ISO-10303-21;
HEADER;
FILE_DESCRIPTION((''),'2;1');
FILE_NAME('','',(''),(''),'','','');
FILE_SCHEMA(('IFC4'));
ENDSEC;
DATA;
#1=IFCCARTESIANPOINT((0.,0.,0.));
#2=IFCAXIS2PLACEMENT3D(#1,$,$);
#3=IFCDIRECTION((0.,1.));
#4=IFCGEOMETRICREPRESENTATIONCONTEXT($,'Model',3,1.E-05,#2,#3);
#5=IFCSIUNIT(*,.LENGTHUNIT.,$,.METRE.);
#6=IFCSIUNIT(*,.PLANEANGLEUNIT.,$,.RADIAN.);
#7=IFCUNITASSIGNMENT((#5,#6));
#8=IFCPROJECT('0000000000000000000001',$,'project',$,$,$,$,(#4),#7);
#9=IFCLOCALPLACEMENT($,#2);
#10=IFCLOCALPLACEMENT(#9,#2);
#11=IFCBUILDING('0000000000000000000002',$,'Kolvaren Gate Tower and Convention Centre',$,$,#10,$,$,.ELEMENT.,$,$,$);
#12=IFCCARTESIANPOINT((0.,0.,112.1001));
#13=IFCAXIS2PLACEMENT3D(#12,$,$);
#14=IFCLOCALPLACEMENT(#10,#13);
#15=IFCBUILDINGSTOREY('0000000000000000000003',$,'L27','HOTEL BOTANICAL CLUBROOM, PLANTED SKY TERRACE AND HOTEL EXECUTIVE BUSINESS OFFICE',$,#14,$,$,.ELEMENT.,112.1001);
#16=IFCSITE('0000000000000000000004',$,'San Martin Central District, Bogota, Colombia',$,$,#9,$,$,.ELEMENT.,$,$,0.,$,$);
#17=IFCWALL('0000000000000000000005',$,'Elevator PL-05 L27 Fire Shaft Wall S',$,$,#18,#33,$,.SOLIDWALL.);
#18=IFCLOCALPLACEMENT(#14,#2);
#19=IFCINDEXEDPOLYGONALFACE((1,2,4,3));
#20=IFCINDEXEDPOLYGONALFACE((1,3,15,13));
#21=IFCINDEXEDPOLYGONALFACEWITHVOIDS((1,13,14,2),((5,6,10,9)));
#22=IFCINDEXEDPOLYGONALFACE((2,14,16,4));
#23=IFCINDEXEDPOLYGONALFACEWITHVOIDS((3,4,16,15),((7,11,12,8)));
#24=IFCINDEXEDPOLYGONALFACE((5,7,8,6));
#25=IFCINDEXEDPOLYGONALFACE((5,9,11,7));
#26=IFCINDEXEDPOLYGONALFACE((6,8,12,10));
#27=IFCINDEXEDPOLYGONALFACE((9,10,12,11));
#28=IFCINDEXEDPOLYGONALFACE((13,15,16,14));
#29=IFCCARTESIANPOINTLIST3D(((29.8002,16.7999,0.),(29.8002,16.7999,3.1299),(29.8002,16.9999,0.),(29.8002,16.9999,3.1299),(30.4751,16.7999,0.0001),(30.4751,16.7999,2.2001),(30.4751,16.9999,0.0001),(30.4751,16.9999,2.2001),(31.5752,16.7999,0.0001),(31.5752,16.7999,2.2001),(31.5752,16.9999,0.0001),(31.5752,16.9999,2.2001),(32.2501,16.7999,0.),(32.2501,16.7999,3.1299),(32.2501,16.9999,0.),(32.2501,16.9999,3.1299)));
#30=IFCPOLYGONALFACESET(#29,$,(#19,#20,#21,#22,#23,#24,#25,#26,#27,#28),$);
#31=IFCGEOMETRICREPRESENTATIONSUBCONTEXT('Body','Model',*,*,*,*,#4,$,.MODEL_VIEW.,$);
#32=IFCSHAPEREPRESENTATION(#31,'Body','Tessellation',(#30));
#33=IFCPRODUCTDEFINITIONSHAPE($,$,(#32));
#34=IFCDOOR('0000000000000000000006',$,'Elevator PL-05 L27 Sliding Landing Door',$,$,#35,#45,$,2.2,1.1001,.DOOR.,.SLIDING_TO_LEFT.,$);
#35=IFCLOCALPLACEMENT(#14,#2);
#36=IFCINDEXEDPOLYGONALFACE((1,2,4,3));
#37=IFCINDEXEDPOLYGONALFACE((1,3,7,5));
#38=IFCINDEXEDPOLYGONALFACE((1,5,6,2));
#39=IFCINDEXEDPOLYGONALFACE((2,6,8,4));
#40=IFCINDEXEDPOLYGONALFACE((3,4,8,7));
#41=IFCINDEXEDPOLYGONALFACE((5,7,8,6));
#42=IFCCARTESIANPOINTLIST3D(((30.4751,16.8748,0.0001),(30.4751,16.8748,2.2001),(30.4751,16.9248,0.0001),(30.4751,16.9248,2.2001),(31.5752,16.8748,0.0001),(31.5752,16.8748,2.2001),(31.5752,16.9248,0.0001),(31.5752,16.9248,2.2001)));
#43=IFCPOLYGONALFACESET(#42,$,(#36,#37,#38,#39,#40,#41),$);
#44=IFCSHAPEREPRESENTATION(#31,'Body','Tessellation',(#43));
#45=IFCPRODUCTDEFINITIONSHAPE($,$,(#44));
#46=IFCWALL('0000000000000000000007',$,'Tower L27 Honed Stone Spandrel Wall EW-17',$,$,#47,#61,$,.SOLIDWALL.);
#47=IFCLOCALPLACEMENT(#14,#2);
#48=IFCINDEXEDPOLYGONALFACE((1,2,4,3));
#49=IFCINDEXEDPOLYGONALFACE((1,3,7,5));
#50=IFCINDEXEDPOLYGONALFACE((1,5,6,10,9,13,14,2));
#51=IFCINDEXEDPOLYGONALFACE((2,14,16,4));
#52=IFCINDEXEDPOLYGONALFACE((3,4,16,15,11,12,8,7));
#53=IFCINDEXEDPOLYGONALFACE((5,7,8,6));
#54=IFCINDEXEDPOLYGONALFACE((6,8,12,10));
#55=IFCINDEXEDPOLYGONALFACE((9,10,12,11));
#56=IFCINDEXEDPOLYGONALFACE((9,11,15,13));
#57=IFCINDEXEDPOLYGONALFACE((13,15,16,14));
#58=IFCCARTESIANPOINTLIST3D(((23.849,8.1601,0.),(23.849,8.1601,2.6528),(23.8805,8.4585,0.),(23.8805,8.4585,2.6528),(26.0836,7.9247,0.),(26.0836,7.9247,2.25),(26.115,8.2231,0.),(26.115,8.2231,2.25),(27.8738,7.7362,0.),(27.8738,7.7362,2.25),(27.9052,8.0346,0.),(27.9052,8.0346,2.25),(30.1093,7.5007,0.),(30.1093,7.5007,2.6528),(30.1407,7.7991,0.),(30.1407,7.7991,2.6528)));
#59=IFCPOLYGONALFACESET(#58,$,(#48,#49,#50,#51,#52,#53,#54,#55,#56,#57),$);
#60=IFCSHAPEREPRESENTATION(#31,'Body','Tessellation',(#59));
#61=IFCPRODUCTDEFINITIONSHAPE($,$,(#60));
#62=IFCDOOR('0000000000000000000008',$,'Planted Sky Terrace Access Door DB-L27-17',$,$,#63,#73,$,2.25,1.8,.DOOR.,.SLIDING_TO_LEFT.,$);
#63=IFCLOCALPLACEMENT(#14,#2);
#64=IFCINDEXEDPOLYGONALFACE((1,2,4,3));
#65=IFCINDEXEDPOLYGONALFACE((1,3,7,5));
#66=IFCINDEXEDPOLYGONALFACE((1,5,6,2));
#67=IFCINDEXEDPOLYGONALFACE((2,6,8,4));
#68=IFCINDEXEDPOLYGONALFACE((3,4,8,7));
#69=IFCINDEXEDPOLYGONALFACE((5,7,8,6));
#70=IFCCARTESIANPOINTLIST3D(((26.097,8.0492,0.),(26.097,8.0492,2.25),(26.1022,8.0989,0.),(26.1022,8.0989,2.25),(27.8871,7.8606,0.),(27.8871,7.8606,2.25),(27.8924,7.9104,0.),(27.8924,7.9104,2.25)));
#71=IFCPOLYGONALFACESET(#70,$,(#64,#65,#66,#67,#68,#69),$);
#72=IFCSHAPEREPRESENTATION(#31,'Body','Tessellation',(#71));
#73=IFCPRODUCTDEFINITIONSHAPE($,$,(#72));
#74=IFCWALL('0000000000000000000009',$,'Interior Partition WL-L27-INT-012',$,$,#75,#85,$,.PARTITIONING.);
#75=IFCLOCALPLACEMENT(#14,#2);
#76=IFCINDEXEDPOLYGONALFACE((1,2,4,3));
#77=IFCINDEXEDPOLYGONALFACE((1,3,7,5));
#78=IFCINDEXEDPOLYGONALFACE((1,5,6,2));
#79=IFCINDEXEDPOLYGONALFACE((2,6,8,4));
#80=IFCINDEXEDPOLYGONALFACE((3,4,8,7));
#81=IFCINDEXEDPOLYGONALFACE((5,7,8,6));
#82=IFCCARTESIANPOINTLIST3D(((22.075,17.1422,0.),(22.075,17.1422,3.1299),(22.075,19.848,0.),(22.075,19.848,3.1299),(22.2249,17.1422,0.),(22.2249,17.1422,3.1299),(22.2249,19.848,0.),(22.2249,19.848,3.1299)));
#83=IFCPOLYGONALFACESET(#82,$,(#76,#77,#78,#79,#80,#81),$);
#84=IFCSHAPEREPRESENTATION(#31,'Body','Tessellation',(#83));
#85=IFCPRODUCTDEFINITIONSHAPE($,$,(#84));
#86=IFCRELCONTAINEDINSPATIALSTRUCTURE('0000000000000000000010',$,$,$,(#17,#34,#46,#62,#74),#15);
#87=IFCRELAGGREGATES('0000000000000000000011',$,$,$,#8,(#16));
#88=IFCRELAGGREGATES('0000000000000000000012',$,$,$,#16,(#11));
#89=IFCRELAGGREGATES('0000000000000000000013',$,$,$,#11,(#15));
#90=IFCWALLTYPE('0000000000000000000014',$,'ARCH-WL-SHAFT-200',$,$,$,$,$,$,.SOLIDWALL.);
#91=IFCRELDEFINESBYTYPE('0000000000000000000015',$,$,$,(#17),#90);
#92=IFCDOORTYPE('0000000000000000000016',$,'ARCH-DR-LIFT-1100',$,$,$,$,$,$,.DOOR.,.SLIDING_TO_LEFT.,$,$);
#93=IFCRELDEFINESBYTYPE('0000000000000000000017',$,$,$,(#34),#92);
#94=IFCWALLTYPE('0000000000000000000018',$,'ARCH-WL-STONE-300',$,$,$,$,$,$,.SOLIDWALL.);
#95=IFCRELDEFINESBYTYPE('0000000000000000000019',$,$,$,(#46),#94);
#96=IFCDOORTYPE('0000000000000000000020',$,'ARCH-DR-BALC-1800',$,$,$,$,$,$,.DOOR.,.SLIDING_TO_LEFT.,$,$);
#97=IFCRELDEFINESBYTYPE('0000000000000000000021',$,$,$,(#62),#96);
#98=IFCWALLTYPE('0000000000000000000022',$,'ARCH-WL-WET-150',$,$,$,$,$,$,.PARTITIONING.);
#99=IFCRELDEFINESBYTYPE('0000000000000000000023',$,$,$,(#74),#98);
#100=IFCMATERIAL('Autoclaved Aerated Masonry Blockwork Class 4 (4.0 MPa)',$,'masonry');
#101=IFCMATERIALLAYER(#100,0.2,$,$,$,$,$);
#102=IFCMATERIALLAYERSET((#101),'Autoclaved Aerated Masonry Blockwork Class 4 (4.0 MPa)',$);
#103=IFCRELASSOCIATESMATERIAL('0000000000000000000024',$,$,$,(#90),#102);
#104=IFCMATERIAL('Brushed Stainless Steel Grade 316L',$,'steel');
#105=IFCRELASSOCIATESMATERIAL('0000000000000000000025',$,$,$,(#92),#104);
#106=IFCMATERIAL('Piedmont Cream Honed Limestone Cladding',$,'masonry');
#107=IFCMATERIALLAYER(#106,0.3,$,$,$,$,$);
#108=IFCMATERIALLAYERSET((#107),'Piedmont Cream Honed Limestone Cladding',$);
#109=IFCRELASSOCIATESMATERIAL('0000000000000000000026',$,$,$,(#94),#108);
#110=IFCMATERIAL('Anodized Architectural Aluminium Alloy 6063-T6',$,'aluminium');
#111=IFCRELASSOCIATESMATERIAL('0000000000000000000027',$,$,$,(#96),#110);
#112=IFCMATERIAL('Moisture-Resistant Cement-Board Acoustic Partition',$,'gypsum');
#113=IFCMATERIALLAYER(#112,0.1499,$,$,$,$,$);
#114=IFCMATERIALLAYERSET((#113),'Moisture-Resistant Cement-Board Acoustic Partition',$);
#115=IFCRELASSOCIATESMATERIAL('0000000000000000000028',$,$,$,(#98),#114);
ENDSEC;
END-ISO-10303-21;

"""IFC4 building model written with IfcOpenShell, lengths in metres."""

from ifc_helpers import new_model, si_unit, direction, frame, frame_2d, origin, place, context, subcontext, project, spatial, rectangle, extrude, material, layer, layer_set, type_object, element, fill, save


model = new_model("IFC4")

# Units and contexts
model_context = context("Model", 3, precision=1e-05, world=origin(), true_north=direction((0.0, 1.0)))
body_context = subcontext(model_context, "Body", "Model", "MODEL_VIEW")
ifc_project = project(units=[si_unit("LENGTHUNIT", "METRE"), si_unit("PLANEANGLEUNIT", "RADIAN")], contexts=[model_context])

# Site, building, storey
site_placement = place(None, origin())
site = spatial("IfcSite", under=ifc_project, at=site_placement, Name="San Martin Central District, Bogota, Colombia", CompositionType="ELEMENT", RefElevation=0.0)
building_placement = place(site_placement, origin())
building = spatial("IfcBuilding", under=site, at=building_placement, Name="Kolvaren Gate Tower and Convention Centre", CompositionType="ELEMENT")
storey_placement = place(building_placement, frame((0.0, 0.0, 112.1001)))
storey = spatial("IfcBuildingStorey", under=building, at=storey_placement, Name="L27", Description="HOTEL BOTANICAL CLUBROOM, PLANTED SKY TERRACE AND HOTEL EXECUTIVE BUSINESS OFFICE", CompositionType="ELEMENT", Elevation=112.1001)

# Shared definitions
ifc_material_1 = material(Name="Autoclaved Aerated Masonry Blockwork Class 4 (4.0 MPa)", Category="masonry")

# Shared definitions
ifc_material_2 = material(Name="Piedmont Cream Honed Limestone Cladding", Category="masonry")
ifc_layer_1 = layer(ifc_material_1, 0.2)
ifc_layer_set_1 = layer_set([ifc_layer_1], Name="Autoclaved Aerated Masonry Blockwork Class 4 (4.0 MPa)")
wall_type_1 = type_object("IfcWallType", Name="ARCH-WL-SHAFT-200", PredefinedType="SOLIDWALL", material=ifc_layer_set_1)

# Walls, openings, doors
wall_1_placement = place(storey_placement, frame((29.8, 16.8999, 0.0), z_axis=(0.0, 0.0, 1.0), x_axis=(1.0, 0.0, 0.0)))
wall_1 = element("IfcWall", 1, at=wall_1_placement, inside=storey, type_object=wall_type_1, Name="Elevator PL-05 L27 Fire Shaft Wall S", PredefinedType="SOLIDWALL", context=body_context, shape_type="SweptSolid", body=[
    extrude(rectangle(XDim=2.45, YDim=0.2, at=frame_2d((1.2251, 0.0))), origin(), (0.0, 0.0, 1.0), 3.1299),
])
opening_1_placement = place(wall_1_placement, frame((0.675, 0.0, 0.0)))
opening_1 = element("IfcOpeningElement", 2, at=opening_1_placement, cuts=wall_1, PredefinedType="OPENING", context=body_context, shape_type="SweptSolid", body=[
    extrude(rectangle(XDim=1.1001, YDim=2.2, at=frame_2d((0.55, 1.1001))), frame((0.0, 0.1099, 0.0), z_axis=(0.0, -1.0, 0.0), x_axis=(1.0, 0.0, 0.0)), (0.0, 0.0, 1.0), 0.22),
])
ifc_material_3 = material(Name="Brushed Stainless Steel Grade 316L", Category="steel")
door_type_1 = type_object("IfcDoorType", Name="ARCH-DR-LIFT-1100", OperationType="SLIDING_TO_LEFT", PredefinedType="DOOR", material=ifc_material_3)
door_1_placement = place(opening_1_placement, origin())
door_1 = element("IfcDoor", 3, at=door_1_placement, inside=storey, type_object=door_type_1, Name="Elevator PL-05 L27 Sliding Landing Door", OperationType="SLIDING_TO_LEFT", OverallHeight=2.2, OverallWidth=1.1001, PredefinedType="DOOR", context=body_context, shape_type="SweptSolid", body=[
    extrude(rectangle(XDim=1.1001, YDim=2.2, at=frame_2d((0.55, 1.1001))), frame((0.0, 0.0249, 0.0), z_axis=(0.0, -1.0, 0.0), x_axis=(1.0, 0.0, 0.0)), (0.0, 0.0, 1.0), 0.05),
])
fill(opening_1, door_1)
ifc_layer_2 = layer(ifc_material_2, 0.3)
ifc_layer_set_2 = layer_set([ifc_layer_2], Name="Piedmont Cream Honed Limestone Cladding")
wall_type_2 = type_object("IfcWallType", Name="ARCH-WL-STONE-300", PredefinedType="SOLIDWALL", material=ifc_layer_set_2)
wall_2_placement = place(storey_placement, frame((23.8647, 8.3093, 0.0), z_axis=(0.0, 0.0, 1.0), x_axis=(0.994498, -0.104755, 0.0)))
wall_2 = element("IfcWall", 4, at=wall_2_placement, inside=storey, type_object=wall_type_2, Name="Tower L27 Honed Stone Spandrel Wall EW-17", PredefinedType="SOLIDWALL", context=body_context, shape_type="SweptSolid", body=[
    extrude(rectangle(XDim=6.2949, YDim=0.3, at=frame_2d((3.1475, 0.0))), origin(), (0.0, 0.0, 1.0), 2.6528),
])
opening_2_placement = place(wall_2_placement, frame((2.2471, 0.0, 0.0)))
opening_2 = element("IfcOpeningElement", 5, at=opening_2_placement, cuts=wall_2, PredefinedType="OPENING", context=body_context, shape_type="SweptSolid", body=[
    extrude(rectangle(XDim=1.8, YDim=2.25, at=frame_2d((0.8999, 1.125))), frame((0.0, 0.1599, 0.0), z_axis=(0.0, -1.0, 0.0), x_axis=(1.0, 0.0, 0.0)), (0.0, 0.0, 1.0), 0.3201),
])
ifc_material_4 = material(Name="Anodized Architectural Aluminium Alloy 6063-T6", Category="aluminium")
door_type_2 = type_object("IfcDoorType", Name="ARCH-DR-BALC-1800", OperationType="SLIDING_TO_LEFT", PredefinedType="DOOR", material=ifc_material_4)
door_2_placement = place(opening_2_placement, frame((1.8, 0.0, 0.0), z_axis=(0.0, 0.0, 1.0), x_axis=(-1.0, 0.0, 0.0)))
door_2 = element("IfcDoor", 6, at=door_2_placement, inside=storey, type_object=door_type_2, Name="Planted Sky Terrace Access Door DB-L27-17", OperationType="SLIDING_TO_LEFT", OverallHeight=2.25, OverallWidth=1.8, PredefinedType="DOOR", context=body_context, shape_type="SweptSolid", body=[
    extrude(rectangle(XDim=1.8, YDim=2.25, at=frame_2d((0.8999, 1.125))), frame((0.0, 0.0249, 0.0), z_axis=(0.0, -1.0, 0.0), x_axis=(1.0, 0.0, 0.0)), (0.0, 0.0, 1.0), 0.05),
])
fill(opening_2, door_2)

# Wall
ifc_material_5 = material(Name="Moisture-Resistant Cement-Board Acoustic Partition", Category="gypsum")
ifc_layer_3 = layer(ifc_material_5, 0.1499)
ifc_layer_set_3 = layer_set([ifc_layer_3], Name="Moisture-Resistant Cement-Board Acoustic Partition")
wall_type_3 = type_object("IfcWallType", Name="ARCH-WL-WET-150", PredefinedType="PARTITIONING", material=ifc_layer_set_3)
wall_3_placement = place(storey_placement, frame((22.1499, 17.1421, 0.0), z_axis=(0.0, 0.0, 1.0), x_axis=(0.0, 1.0, 0.0)))
element("IfcWall", 7, at=wall_3_placement, inside=storey, type_object=wall_type_3, Name="Interior Partition WL-L27-INT-012", PredefinedType="PARTITIONING", context=body_context, shape_type="SweptSolid", body=[
    extrude(rectangle(XDim=2.7058, YDim=0.1499, at=frame_2d((1.353, 0.0))), origin(), (0.0, 0.0, 1.0), 3.1299),
])

save(model, "model.ifc")
